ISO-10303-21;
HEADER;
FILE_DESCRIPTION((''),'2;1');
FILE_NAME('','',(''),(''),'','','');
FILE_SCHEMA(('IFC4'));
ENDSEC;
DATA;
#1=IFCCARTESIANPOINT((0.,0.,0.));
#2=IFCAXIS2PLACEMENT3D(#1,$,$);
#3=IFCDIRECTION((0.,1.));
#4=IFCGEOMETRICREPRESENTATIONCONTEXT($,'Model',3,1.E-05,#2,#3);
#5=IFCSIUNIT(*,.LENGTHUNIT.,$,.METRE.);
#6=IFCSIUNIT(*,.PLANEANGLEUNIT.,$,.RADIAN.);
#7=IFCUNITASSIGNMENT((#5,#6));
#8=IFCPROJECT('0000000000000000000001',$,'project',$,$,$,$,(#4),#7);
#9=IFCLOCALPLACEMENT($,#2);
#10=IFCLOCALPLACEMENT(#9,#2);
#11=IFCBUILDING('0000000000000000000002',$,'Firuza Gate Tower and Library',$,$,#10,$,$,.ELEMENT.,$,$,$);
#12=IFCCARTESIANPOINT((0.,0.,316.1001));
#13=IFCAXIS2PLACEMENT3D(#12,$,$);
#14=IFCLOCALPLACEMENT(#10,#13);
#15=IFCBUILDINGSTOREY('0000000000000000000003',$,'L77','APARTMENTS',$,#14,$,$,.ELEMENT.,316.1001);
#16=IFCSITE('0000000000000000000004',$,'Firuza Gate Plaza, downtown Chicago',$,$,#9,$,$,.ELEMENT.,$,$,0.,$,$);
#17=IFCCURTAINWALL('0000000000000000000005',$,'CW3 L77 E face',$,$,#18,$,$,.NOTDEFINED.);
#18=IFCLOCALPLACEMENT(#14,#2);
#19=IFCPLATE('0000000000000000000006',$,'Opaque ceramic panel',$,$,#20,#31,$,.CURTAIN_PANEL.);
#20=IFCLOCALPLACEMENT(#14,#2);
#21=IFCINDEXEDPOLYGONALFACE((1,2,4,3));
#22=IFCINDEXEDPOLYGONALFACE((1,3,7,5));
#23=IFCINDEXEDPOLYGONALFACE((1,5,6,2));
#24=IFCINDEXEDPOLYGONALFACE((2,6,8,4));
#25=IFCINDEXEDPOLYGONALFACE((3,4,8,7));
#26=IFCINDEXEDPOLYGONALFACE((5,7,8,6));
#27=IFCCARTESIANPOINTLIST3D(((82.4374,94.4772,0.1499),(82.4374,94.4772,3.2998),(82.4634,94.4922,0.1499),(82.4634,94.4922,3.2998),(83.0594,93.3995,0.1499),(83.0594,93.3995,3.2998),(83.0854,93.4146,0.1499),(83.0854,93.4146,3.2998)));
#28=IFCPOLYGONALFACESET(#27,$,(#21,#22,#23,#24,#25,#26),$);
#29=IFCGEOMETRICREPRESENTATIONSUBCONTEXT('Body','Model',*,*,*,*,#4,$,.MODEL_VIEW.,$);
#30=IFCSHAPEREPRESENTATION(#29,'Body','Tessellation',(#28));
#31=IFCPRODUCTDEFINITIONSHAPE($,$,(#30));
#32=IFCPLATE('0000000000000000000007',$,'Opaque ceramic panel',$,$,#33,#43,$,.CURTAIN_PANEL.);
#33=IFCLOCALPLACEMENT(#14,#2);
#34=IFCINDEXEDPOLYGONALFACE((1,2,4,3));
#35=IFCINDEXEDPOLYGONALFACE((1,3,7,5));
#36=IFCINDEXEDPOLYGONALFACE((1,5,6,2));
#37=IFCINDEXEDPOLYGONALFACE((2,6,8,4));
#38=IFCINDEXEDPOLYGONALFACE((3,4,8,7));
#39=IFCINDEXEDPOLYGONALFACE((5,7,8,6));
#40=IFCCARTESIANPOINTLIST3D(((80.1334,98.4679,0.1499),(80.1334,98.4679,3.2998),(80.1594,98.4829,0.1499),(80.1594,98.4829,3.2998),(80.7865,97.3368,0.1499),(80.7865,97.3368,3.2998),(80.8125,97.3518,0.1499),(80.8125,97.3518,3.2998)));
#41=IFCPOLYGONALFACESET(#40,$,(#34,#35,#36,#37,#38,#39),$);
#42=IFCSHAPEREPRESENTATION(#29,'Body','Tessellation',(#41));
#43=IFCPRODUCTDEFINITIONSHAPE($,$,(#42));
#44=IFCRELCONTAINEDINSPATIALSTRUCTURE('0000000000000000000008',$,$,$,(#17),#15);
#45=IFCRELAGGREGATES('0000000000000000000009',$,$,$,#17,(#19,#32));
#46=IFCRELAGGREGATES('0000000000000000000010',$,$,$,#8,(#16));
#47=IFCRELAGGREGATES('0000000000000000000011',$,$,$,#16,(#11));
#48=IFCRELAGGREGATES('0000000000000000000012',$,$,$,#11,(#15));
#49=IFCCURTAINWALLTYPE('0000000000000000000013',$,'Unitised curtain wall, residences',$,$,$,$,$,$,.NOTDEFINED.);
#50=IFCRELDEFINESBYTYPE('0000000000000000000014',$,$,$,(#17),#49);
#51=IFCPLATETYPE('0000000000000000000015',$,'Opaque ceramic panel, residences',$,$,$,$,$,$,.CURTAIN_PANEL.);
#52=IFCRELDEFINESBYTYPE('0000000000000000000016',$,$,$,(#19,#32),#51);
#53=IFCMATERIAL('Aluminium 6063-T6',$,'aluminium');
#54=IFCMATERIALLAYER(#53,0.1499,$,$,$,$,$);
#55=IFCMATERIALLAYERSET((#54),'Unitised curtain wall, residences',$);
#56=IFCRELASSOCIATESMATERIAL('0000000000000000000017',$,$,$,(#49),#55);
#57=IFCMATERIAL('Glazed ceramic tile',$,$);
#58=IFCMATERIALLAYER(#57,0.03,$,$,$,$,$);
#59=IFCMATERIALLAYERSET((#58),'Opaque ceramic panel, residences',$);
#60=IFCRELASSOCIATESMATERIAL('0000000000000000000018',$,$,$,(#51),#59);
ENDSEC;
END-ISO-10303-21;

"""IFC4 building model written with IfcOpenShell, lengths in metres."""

from ifc_helpers import new_model, si_unit, direction, frame, origin, place, context, subcontext, project, spatial, polyline, outline, extrude, material, layer, layer_set, type_object, element, aggregate, save


model = new_model("IFC4")

# Units and contexts
model_context = context("Model", 3, precision=1e-05, world=origin(), true_north=direction((0.0, 1.0)))
body_context = subcontext(model_context, "Body", "Model", "MODEL_VIEW")
ifc_project = project(units=[si_unit("LENGTHUNIT", "METRE"), si_unit("PLANEANGLEUNIT", "RADIAN")], contexts=[model_context])

# Site, building, storey
site_placement = place(None, origin())
site = spatial("IfcSite", under=ifc_project, at=site_placement, Name="Firuza Gate Plaza, downtown Chicago", CompositionType="ELEMENT", RefElevation=0.0)
building_placement = place(site_placement, origin())
building = spatial("IfcBuilding", under=site, at=building_placement, Name="Firuza Gate Tower and Library", CompositionType="ELEMENT")
storey_placement = place(building_placement, frame((0.0, 0.0, 316.1001)))
storey = spatial("IfcBuildingStorey", under=building, at=storey_placement, Name="L77", Description="APARTMENTS", CompositionType="ELEMENT", Elevation=316.1001)

# Curtain wall
ifc_material_1 = material(Name="Aluminium 6063-T6", Category="aluminium")
ifc_layer_1 = layer(ifc_material_1, 0.1499)
ifc_layer_set_1 = layer_set([ifc_layer_1], Name="Unitised curtain wall, residences")
curtain_wall_type = type_object("IfcCurtainWallType", Name="Unitised curtain wall, residences", PredefinedType="NOTDEFINED", material=ifc_layer_set_1)
curtain_wall_placement = place(storey_placement, origin())
curtain_wall = element("IfcCurtainWall", 1, at=curtain_wall_placement, inside=storey, type_object=curtain_wall_type, Name="CW3 L77 E face", PredefinedType="NOTDEFINED")

# Plates
ifc_material_2 = material(Name="Glazed ceramic tile")
ifc_layer_2 = layer(ifc_material_2, 0.03)
ifc_layer_set_2 = layer_set([ifc_layer_2], Name="Opaque ceramic panel, residences")
plate_type_1 = type_object("IfcPlateType", Name="Opaque ceramic panel, residences", PredefinedType="CURTAIN_PANEL", material=ifc_layer_set_2)
plate_1_placement = place(storey_placement, frame((83.0854, 93.4146, 0.1499), z_axis=(0.866061, 0.499938, 0.0), x_axis=(-0.499938, 0.866061, 0.0)))
plate_1 = element("IfcPlate", 2, at=plate_1_placement, type_object=plate_type_1, Name="Opaque ceramic panel", PredefinedType="CURTAIN_PANEL", context=body_context, shape_type="SweptSolid", body=[
    extrude(outline(polyline([(0.0, 0.0), (1.2443, 0.0), (1.2443, 3.1499), (0.0, 3.1499), (0.0, 0.0)])), origin(), (0.0, 0.0, -1.0), 0.03),
])
plate_2_placement = place(storey_placement, frame((80.8125, 97.3518, 0.1499), z_axis=(0.866014, 0.500019, 0.0), x_axis=(-0.500019, 0.866014, 0.0)))
plate_2 = element("IfcPlate", 3, at=plate_2_placement, type_object=plate_type_1, Name="Opaque ceramic panel", PredefinedType="CURTAIN_PANEL", context=body_context, shape_type="SweptSolid", body=[
    extrude(outline(polyline([(0.0, 0.0), (1.3061, 0.0), (1.3061, 3.1499), (0.0, 3.1499), (0.0, 0.0)])), origin(), (0.0, 0.0, -1.0), 0.03),
])
aggregate(curtain_wall, [plate_1, plate_2])

save(model, "model.ifc")
